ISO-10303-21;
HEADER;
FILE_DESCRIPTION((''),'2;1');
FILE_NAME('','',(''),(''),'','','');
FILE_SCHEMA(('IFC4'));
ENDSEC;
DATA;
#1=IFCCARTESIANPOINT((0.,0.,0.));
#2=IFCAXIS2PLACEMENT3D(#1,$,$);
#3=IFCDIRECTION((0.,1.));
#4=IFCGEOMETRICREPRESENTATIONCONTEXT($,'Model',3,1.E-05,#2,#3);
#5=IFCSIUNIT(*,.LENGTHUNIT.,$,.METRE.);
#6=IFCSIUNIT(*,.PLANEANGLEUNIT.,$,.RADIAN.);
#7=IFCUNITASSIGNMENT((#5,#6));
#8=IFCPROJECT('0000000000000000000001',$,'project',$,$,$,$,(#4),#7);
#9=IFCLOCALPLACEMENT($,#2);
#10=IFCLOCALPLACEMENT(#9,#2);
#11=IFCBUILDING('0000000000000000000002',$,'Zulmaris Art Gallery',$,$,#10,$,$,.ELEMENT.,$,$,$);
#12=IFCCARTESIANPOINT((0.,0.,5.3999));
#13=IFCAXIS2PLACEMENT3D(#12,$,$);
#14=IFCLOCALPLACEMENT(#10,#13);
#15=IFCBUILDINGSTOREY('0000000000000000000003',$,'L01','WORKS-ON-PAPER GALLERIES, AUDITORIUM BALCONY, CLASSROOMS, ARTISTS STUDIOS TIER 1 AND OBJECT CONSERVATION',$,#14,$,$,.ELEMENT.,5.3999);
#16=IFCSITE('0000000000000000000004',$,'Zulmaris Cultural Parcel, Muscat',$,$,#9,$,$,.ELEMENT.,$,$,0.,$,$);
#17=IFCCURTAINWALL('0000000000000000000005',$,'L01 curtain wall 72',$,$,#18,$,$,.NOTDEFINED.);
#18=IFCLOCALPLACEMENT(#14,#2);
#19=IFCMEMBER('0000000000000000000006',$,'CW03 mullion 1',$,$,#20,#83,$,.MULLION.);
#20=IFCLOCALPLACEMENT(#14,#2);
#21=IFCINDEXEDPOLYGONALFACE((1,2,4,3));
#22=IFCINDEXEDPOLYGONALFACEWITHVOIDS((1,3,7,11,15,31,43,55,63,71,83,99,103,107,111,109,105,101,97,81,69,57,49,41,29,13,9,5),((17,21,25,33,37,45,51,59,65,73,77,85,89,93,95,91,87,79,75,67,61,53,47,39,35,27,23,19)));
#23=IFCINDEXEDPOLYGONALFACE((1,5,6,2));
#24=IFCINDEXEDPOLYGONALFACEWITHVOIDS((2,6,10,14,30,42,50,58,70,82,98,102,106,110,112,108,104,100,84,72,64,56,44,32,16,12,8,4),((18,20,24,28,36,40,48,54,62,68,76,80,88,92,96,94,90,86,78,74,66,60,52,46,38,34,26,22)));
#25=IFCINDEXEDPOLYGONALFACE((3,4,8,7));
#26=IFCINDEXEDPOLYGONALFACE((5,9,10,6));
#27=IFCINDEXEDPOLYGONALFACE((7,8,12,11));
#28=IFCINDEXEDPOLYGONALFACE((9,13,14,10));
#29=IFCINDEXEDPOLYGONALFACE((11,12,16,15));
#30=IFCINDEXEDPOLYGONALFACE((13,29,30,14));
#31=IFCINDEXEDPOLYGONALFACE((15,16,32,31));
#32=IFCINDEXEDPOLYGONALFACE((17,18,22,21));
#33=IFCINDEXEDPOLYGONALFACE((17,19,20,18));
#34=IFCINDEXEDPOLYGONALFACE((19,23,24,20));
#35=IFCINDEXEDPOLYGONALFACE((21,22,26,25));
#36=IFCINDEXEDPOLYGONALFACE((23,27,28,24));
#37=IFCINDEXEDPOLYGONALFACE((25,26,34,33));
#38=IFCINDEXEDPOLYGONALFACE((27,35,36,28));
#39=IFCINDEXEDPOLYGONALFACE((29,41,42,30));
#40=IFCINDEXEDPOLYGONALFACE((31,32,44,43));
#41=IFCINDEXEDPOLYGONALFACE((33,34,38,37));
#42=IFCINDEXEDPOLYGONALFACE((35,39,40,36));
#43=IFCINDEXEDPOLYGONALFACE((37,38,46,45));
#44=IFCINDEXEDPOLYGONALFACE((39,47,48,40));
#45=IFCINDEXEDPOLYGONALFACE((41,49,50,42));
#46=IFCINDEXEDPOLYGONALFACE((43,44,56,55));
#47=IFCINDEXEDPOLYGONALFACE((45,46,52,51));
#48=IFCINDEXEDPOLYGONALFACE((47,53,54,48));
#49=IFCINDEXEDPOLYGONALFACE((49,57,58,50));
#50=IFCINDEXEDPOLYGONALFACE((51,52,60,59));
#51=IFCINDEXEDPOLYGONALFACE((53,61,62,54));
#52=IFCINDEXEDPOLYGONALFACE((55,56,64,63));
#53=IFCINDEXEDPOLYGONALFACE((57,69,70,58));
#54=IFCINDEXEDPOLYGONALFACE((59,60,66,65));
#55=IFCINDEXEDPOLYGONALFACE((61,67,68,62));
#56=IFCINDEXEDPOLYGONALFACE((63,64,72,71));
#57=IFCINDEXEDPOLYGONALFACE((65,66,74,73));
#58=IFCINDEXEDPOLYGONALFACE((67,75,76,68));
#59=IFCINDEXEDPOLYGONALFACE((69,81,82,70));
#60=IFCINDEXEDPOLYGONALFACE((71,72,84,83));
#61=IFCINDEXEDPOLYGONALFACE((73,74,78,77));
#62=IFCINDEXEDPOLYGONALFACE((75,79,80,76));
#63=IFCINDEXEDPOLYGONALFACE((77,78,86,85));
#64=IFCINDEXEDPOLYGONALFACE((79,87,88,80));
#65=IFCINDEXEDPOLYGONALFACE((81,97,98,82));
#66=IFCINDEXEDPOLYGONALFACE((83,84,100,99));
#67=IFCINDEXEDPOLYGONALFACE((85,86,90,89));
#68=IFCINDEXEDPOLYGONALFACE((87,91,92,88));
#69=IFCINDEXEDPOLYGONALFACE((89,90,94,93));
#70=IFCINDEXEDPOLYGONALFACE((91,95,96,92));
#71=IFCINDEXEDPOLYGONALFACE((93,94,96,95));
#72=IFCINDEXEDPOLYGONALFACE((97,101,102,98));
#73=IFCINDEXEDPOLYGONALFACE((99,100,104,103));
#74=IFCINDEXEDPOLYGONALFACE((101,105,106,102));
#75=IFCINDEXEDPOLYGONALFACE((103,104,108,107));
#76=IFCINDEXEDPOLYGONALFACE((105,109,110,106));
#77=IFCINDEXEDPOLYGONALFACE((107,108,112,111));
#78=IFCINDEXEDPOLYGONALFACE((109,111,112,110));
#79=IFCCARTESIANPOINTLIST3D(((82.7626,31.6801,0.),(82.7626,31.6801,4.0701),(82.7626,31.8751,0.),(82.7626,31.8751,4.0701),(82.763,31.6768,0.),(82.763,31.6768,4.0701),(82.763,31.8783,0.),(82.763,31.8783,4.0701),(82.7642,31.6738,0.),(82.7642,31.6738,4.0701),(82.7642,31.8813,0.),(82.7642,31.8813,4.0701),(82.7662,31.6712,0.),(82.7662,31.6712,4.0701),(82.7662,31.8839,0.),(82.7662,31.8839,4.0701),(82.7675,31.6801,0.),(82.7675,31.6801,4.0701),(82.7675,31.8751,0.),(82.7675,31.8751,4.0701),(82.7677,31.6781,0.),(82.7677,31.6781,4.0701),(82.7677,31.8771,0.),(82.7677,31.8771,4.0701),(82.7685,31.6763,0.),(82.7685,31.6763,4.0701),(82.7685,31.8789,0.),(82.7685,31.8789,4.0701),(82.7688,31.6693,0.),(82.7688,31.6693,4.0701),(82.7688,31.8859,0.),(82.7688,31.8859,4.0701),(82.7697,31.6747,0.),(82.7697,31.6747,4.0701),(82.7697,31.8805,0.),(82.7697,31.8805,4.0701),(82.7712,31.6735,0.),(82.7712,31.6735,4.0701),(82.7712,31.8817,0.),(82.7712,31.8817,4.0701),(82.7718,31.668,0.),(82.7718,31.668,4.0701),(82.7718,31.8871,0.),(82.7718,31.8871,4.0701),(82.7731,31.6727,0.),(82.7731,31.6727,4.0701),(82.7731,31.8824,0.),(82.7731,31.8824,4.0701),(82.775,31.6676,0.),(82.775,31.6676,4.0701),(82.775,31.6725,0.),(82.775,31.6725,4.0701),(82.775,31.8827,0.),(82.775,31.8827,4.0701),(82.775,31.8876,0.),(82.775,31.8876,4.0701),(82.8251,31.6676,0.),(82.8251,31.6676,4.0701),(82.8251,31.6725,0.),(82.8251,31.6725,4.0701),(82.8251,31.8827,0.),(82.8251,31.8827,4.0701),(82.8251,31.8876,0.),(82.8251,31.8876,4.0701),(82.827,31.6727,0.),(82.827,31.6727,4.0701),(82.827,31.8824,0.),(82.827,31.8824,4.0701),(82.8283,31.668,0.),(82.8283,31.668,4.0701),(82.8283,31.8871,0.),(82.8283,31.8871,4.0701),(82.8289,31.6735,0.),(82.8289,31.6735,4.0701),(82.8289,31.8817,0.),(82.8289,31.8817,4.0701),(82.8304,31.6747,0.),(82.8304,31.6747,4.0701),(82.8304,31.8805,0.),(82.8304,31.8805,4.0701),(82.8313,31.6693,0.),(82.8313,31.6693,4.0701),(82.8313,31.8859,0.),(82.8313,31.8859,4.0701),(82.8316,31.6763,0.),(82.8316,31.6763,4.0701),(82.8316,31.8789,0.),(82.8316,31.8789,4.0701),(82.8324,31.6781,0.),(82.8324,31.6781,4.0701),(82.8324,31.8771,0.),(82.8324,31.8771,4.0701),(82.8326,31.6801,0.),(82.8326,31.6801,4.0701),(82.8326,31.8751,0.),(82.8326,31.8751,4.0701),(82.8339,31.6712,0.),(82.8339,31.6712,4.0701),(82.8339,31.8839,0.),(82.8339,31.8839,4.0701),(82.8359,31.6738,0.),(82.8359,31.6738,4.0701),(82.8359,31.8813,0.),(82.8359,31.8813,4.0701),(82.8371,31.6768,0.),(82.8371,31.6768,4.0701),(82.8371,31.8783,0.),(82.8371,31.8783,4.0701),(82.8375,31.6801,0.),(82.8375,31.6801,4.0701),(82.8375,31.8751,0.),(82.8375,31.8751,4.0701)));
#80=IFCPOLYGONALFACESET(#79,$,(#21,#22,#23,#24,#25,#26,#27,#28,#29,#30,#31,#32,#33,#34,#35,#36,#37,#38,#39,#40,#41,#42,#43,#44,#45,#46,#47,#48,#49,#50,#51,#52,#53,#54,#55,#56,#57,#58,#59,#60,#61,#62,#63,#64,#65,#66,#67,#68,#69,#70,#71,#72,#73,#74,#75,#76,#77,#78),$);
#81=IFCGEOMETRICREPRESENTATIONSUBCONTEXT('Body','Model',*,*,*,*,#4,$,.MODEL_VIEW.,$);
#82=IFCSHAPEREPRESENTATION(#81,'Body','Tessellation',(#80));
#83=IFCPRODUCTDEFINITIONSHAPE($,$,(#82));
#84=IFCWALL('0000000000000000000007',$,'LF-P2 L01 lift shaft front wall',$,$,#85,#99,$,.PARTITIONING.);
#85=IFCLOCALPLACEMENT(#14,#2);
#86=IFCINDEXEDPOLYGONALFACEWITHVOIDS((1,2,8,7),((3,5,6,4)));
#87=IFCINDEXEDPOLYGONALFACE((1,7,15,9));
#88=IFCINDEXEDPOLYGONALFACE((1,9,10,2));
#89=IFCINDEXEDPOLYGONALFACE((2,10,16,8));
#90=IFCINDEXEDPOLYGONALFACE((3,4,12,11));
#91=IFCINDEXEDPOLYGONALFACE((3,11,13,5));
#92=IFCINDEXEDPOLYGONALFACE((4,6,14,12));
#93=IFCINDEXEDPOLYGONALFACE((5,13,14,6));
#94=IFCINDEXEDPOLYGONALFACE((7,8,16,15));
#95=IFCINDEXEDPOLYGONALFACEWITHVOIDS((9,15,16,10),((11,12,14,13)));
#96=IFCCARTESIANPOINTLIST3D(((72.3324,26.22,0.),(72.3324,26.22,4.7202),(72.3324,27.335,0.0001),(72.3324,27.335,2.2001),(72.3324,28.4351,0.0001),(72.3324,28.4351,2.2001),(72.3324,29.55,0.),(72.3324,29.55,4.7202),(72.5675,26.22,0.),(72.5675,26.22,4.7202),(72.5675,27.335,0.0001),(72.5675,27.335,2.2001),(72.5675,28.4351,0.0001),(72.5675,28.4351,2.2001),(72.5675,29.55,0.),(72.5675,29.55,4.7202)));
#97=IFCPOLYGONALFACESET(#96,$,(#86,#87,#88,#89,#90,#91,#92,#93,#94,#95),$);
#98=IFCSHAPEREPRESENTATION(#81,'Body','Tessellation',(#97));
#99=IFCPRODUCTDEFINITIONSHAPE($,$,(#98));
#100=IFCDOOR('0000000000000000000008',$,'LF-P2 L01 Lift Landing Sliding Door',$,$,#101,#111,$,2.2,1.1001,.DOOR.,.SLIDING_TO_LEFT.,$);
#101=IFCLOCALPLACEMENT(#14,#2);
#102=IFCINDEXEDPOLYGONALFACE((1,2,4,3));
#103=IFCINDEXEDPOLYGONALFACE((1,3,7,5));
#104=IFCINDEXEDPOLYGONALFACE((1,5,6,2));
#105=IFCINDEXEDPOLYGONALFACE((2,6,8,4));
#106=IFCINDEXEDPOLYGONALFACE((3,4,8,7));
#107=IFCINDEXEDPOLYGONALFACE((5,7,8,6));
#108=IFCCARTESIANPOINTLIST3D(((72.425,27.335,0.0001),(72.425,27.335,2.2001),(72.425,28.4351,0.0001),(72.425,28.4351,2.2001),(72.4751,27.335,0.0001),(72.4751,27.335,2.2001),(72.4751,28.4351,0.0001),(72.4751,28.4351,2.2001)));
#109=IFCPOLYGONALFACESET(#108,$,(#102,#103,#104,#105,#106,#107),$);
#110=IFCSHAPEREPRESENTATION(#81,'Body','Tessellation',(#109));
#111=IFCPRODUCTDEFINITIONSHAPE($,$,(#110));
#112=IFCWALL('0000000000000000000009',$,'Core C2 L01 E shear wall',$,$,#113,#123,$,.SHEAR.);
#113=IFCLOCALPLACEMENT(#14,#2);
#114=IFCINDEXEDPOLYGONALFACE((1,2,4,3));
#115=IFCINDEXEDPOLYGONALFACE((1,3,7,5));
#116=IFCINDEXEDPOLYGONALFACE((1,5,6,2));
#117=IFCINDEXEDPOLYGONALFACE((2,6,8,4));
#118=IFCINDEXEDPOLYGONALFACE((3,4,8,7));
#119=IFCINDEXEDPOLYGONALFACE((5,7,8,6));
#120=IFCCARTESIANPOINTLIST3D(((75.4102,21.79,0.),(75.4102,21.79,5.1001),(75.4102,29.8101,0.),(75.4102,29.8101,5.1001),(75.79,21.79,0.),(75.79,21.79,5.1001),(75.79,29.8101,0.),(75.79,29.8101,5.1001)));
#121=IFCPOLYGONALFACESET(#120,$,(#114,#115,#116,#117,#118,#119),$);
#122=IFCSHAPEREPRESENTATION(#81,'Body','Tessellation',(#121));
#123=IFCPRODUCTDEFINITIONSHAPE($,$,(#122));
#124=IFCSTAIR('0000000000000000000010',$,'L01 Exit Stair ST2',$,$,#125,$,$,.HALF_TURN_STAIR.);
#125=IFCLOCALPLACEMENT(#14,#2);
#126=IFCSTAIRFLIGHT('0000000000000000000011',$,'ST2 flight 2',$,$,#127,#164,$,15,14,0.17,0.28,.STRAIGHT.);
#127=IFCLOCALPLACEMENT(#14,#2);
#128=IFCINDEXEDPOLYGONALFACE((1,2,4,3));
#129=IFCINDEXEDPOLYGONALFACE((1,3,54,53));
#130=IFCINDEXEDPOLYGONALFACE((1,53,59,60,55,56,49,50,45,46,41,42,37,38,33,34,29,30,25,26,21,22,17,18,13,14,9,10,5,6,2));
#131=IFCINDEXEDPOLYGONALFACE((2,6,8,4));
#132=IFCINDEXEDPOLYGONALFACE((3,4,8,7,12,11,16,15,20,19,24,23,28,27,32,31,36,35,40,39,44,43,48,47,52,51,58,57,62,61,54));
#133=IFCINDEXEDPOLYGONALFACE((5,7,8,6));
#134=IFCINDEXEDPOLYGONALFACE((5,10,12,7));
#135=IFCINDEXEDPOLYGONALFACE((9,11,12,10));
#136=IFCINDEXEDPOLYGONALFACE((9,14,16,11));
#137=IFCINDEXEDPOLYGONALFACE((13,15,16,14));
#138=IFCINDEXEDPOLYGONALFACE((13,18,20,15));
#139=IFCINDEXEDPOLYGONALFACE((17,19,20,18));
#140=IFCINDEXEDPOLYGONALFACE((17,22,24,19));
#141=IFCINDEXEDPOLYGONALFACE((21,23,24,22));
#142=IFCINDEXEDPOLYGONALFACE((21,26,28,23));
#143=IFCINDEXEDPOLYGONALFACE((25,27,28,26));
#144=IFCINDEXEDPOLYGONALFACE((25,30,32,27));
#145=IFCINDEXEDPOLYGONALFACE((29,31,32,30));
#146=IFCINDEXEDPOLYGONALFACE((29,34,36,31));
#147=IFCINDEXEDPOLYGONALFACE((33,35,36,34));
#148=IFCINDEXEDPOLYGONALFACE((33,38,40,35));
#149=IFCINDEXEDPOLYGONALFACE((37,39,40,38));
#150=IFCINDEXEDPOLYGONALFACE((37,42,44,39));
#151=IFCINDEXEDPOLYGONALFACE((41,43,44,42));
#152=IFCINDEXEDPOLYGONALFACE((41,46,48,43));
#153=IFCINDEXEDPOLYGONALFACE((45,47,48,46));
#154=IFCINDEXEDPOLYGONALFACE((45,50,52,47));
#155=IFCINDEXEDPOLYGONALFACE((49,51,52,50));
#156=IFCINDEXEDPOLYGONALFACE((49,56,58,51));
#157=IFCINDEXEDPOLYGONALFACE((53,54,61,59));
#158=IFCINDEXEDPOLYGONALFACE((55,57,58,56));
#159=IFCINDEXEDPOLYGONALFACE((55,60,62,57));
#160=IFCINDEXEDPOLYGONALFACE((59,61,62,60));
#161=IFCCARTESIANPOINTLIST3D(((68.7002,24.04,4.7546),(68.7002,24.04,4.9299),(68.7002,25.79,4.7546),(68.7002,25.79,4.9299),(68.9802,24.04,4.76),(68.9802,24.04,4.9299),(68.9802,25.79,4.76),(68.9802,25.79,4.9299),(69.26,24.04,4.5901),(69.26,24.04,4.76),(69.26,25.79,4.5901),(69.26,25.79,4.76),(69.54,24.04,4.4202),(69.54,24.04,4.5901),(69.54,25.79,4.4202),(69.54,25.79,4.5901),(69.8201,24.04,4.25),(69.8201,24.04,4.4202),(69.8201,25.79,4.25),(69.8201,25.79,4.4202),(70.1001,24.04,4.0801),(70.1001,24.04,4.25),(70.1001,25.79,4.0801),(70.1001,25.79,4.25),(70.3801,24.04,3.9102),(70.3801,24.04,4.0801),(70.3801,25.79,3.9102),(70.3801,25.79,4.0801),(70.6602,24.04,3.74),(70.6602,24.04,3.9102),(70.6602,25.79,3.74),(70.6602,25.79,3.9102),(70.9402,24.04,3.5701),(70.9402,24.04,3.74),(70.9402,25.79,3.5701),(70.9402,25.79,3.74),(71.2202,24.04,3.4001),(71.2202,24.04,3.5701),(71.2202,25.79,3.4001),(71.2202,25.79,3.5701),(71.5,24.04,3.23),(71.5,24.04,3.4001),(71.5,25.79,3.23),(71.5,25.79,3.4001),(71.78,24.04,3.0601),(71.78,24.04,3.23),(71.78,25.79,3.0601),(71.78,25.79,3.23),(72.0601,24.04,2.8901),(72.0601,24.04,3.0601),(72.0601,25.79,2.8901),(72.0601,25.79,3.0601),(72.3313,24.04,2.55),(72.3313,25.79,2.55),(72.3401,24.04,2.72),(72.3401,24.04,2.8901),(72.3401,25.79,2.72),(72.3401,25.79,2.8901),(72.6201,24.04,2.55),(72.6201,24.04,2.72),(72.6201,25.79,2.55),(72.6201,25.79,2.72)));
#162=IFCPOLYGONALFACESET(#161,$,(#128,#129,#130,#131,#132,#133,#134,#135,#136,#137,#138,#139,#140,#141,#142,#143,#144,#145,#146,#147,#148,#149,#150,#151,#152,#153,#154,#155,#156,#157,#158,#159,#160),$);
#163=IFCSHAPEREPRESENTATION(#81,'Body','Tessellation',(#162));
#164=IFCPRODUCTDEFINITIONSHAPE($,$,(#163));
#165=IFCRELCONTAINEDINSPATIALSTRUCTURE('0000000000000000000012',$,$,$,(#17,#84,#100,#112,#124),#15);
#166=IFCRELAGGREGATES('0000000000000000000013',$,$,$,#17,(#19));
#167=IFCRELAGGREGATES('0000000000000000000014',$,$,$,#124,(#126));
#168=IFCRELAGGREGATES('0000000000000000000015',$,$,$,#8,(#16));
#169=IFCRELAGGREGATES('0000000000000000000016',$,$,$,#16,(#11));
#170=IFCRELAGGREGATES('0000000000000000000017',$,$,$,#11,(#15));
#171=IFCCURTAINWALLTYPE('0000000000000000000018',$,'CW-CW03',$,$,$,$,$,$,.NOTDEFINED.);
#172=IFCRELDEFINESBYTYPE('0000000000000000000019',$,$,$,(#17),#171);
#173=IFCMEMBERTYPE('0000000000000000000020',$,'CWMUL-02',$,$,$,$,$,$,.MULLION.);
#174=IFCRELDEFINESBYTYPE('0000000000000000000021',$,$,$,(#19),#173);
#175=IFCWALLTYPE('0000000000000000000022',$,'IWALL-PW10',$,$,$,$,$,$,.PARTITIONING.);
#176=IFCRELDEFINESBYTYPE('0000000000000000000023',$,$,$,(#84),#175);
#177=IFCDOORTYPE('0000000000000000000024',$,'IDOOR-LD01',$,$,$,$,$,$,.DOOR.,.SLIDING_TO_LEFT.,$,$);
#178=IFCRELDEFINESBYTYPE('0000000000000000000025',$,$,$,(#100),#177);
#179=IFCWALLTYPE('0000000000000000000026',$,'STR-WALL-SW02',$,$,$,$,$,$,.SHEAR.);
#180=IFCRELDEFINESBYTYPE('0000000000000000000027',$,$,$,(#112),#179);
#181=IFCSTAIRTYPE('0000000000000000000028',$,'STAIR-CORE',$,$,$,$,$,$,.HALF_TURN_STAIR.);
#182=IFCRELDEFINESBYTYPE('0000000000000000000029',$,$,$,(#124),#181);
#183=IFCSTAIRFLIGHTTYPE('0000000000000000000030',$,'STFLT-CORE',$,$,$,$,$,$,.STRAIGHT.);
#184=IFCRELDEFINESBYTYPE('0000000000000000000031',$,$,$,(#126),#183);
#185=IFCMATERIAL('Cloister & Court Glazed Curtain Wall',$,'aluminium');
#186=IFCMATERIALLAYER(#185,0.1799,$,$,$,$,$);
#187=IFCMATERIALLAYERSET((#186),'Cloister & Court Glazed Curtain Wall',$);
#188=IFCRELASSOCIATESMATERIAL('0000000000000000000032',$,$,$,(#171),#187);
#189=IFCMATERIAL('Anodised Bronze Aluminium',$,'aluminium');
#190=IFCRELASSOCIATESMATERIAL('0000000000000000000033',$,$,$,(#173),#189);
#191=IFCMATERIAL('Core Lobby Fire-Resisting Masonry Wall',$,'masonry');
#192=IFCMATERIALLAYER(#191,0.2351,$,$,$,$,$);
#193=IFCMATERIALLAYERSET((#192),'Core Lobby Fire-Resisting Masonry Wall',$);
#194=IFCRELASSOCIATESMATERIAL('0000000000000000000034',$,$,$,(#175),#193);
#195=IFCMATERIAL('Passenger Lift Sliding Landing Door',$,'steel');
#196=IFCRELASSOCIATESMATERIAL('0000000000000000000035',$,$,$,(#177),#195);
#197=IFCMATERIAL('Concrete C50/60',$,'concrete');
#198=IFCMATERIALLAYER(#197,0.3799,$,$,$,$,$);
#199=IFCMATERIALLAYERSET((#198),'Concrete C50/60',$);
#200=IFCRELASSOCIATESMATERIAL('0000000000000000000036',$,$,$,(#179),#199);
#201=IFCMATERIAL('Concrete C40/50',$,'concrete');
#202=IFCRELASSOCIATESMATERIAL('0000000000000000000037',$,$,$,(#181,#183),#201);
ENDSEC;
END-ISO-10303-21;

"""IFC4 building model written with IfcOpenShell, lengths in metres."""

from ifc_helpers import new_model, si_unit, direction, frame, frame_2d, origin, origin_2d, place, context, subcontext, project, spatial, polyline, rectangle, hollow_rectangle, outline, extrude, material, layer, layer_set, material_profile, profile_set, type_object, element, fill, aggregate, save


model = new_model("IFC4")

# Units and contexts
model_context = context("Model", 3, precision=1e-05, world=origin(), true_north=direction((0.0, 1.0)))
body_context = subcontext(model_context, "Body", "Model", "MODEL_VIEW")
ifc_project = project(units=[si_unit("LENGTHUNIT", "METRE"), si_unit("PLANEANGLEUNIT", "RADIAN")], contexts=[model_context])

# Site, building, storey
site_placement = place(None, origin())
site = spatial("IfcSite", under=ifc_project, at=site_placement, Name="Zulmaris Cultural Parcel, Muscat", CompositionType="ELEMENT", RefElevation=0.0)
building_placement = place(site_placement, origin())
building = spatial("IfcBuilding", under=site, at=building_placement, Name="Zulmaris Art Gallery", CompositionType="ELEMENT")
storey_placement = place(building_placement, frame((0.0, 0.0, 5.3999)))
storey = spatial("IfcBuildingStorey", under=building, at=storey_placement, Name="L01", Description="WORKS-ON-PAPER GALLERIES, AUDITORIUM BALCONY, CLASSROOMS, ARTISTS STUDIOS TIER 1 AND OBJECT CONSERVATION", CompositionType="ELEMENT", Elevation=5.3999)

# Shared definitions
ifc_material_1 = material(Name="Concrete C40/50", Category="concrete")
ifc_material_2 = material(Name="Concrete C50/60", Category="concrete")

# Curtain wall, member
ifc_material_3 = material(Name="Cloister & Court Glazed Curtain Wall", Category="aluminium")
ifc_layer_1 = layer(ifc_material_3, 0.1799)
ifc_layer_set_1 = layer_set([ifc_layer_1], Name="Cloister & Court Glazed Curtain Wall")
curtain_wall_type = type_object("IfcCurtainWallType", Name="CW-CW03", PredefinedType="NOTDEFINED", material=ifc_layer_set_1)
curtain_wall_placement = place(storey_placement, origin())
curtain_wall = element("IfcCurtainWall", 1, at=curtain_wall_placement, inside=storey, type_object=curtain_wall_type, Name="L01 curtain wall 72", PredefinedType="NOTDEFINED")
ifc_material_4 = material(Name="Anodised Bronze Aluminium", Category="aluminium")
ifc_material_profile_1 = material_profile(ifc_material_4, hollow_rectangle(XDim=0.075, YDim=0.22, WallThickness=0.0049, InnerFilletRadius=0.0076, OuterFilletRadius=0.0125, at=origin_2d()), Name="ALU 75x220x5")
ifc_profile_set_1 = profile_set([ifc_material_profile_1], Name="Anodised Bronze Aluminium")
member_type = type_object("IfcMemberType", Name="CWMUL-02", PredefinedType="MULLION", material=ifc_profile_set_1)
member_placement = place(storey_placement, frame((82.8, 31.7776, 0.0), z_axis=(0.0, 0.0, 1.0), x_axis=(-1.0, 0.0, 0.0)))
member = element("IfcMember", 2, at=member_placement, type_object=member_type, Name="CW03 mullion 1", PredefinedType="MULLION", context=body_context, shape_type="SweptSolid", body=[
    extrude(hollow_rectangle(XDim=0.075, YDim=0.22, WallThickness=0.0049, InnerFilletRadius=0.0076, OuterFilletRadius=0.0125, at=origin_2d()), origin(), (0.0, 0.0, 1.0), 4.0701),
])
aggregate(curtain_wall, [member])

# Wall, opening, door
ifc_material_5 = material(Name="Core Lobby Fire-Resisting Masonry Wall", Category="masonry")
ifc_layer_2 = layer(ifc_material_5, 0.2351)
ifc_layer_set_2 = layer_set([ifc_layer_2], Name="Core Lobby Fire-Resisting Masonry Wall")
wall_type_1 = type_object("IfcWallType", Name="IWALL-PW10", PredefinedType="PARTITIONING", material=ifc_layer_set_2)
wall_1_placement = place(storey_placement, frame((72.45, 26.22, 0.0), z_axis=(0.0, 0.0, 1.0), x_axis=(0.0, 1.0, 0.0)))
wall_1 = element("IfcWall", 3, at=wall_1_placement, inside=storey, type_object=wall_type_1, Name="LF-P2 L01 lift shaft front wall", PredefinedType="PARTITIONING", context=body_context, shape_type="SweptSolid", body=[
    extrude(rectangle(XDim=3.3301, YDim=0.2351, at=frame_2d((1.665, 0.0))), origin(), (0.0, 0.0, 1.0), 4.7202),
])
opening_placement = place(wall_1_placement, frame((1.115, 0.0, 0.0)))
opening = element("IfcOpeningElement", 4, at=opening_placement, cuts=wall_1, PredefinedType="OPENING", context=body_context, shape_type="SweptSolid", body=[
    extrude(rectangle(XDim=1.1001, YDim=2.2, at=frame_2d((0.55, 1.1001))), frame((0.0, 0.1274, 0.0), z_axis=(0.0, -1.0, 0.0), x_axis=(1.0, 0.0, 0.0)), (0.0, 0.0, 1.0), 0.2551),
])
ifc_material_6 = material(Name="Passenger Lift Sliding Landing Door", Category="steel")
door_type = type_object("IfcDoorType", Name="IDOOR-LD01", OperationType="SLIDING_TO_LEFT", PredefinedType="DOOR", material=ifc_material_6)
door_placement = place(opening_placement, origin())
door = element("IfcDoor", 5, at=door_placement, inside=storey, type_object=door_type, Name="LF-P2 L01 Lift Landing Sliding Door", OperationType="SLIDING_TO_LEFT", OverallHeight=2.2, OverallWidth=1.1001, PredefinedType="DOOR", context=body_context, shape_type="SweptSolid", body=[
    extrude(rectangle(XDim=1.1001, YDim=2.2, at=frame_2d((0.55, 1.1001))), frame((0.0, 0.0249, 0.0), z_axis=(0.0, -1.0, 0.0), x_axis=(1.0, 0.0, 0.0)), (0.0, 0.0, 1.0), 0.05),
])
fill(opening, door)

# Wall
ifc_layer_3 = layer(ifc_material_2, 0.3799)
ifc_layer_set_3 = layer_set([ifc_layer_3], Name="Concrete C50/60")
wall_type_2 = type_object("IfcWallType", Name="STR-WALL-SW02", PredefinedType="SHEAR", material=ifc_layer_set_3)
wall_2_placement = place(storey_placement, frame((75.6001, 21.79, 0.0), z_axis=(0.0, 0.0, 1.0), x_axis=(0.0, 1.0, 0.0)))
element("IfcWall", 6, at=wall_2_placement, inside=storey, type_object=wall_type_2, Name="Core C2 L01 E shear wall", PredefinedType="SHEAR", context=body_context, shape_type="SweptSolid", body=[
    extrude(rectangle(XDim=8.02, YDim=0.3799, at=frame_2d((4.01, 0.0))), origin(), (0.0, 0.0, 1.0), 5.1001),
])

# Stair, stair flight
stair_type = type_object("IfcStairType", Name="STAIR-CORE", PredefinedType="HALF_TURN_STAIR", material=ifc_material_1)
stair_placement = place(storey_placement, origin())
stair = element("IfcStair", 7, at=stair_placement, inside=storey, type_object=stair_type, Name="L01 Exit Stair ST2", PredefinedType="HALF_TURN_STAIR")
stair_flight_type = type_object("IfcStairFlightType", Name="STFLT-CORE", PredefinedType="STRAIGHT", material=ifc_material_1)
stair_flight_placement = place(storey_placement, frame((72.6201, 24.915, 2.55), z_axis=(0.0, 0.0, 1.0), x_axis=(-1.0, 0.0, 0.0)))
stair_flight = element("IfcStairFlight", 8, at=stair_flight_placement, type_object=stair_flight_type, Name="ST2 flight 2", NumberOfRisers=15, NumberOfTreads=14, PredefinedType="STRAIGHT", RiserHeight=0.17, TreadLength=0.28, context=body_context, shape_type="SweptSolid", body=[
    extrude(outline(polyline([(0.0, 0.0), (0.0, 0.1699), (0.28, 0.1699), (0.28, 0.3401), (0.5601, 0.3401), (0.5601, 0.51), (0.8401, 0.51), (0.8401, 0.6799), (1.1201, 0.6799), (1.1201, 0.8501), (1.3999, 0.8501), (1.3999, 1.02), (1.6799, 1.02), (1.6799, 1.1899), (1.96, 1.1899), (1.96, 1.3601), (2.24, 1.3601), (2.24, 1.53), (2.52, 1.53), (2.52, 1.7), (2.8, 1.7), (2.8, 1.8701), (3.0801, 1.8701), (3.0801, 2.04), (3.3601, 2.04), (3.3601, 2.21), (3.6399, 2.21), (3.6399, 2.3799), (3.9199, 2.3799), (3.9199, 2.55), (3.9199, 2.2046), (0.2888, 0.0), (0.0, 0.0)])), frame((0.0, 0.875, 0.0), z_axis=(0.0, -1.0, 0.0), x_axis=(1.0, 0.0, 0.0)), (0.0, 0.0, 1.0), 1.75),
])
aggregate(stair, [stair_flight])

save(model, "model.ifc")
